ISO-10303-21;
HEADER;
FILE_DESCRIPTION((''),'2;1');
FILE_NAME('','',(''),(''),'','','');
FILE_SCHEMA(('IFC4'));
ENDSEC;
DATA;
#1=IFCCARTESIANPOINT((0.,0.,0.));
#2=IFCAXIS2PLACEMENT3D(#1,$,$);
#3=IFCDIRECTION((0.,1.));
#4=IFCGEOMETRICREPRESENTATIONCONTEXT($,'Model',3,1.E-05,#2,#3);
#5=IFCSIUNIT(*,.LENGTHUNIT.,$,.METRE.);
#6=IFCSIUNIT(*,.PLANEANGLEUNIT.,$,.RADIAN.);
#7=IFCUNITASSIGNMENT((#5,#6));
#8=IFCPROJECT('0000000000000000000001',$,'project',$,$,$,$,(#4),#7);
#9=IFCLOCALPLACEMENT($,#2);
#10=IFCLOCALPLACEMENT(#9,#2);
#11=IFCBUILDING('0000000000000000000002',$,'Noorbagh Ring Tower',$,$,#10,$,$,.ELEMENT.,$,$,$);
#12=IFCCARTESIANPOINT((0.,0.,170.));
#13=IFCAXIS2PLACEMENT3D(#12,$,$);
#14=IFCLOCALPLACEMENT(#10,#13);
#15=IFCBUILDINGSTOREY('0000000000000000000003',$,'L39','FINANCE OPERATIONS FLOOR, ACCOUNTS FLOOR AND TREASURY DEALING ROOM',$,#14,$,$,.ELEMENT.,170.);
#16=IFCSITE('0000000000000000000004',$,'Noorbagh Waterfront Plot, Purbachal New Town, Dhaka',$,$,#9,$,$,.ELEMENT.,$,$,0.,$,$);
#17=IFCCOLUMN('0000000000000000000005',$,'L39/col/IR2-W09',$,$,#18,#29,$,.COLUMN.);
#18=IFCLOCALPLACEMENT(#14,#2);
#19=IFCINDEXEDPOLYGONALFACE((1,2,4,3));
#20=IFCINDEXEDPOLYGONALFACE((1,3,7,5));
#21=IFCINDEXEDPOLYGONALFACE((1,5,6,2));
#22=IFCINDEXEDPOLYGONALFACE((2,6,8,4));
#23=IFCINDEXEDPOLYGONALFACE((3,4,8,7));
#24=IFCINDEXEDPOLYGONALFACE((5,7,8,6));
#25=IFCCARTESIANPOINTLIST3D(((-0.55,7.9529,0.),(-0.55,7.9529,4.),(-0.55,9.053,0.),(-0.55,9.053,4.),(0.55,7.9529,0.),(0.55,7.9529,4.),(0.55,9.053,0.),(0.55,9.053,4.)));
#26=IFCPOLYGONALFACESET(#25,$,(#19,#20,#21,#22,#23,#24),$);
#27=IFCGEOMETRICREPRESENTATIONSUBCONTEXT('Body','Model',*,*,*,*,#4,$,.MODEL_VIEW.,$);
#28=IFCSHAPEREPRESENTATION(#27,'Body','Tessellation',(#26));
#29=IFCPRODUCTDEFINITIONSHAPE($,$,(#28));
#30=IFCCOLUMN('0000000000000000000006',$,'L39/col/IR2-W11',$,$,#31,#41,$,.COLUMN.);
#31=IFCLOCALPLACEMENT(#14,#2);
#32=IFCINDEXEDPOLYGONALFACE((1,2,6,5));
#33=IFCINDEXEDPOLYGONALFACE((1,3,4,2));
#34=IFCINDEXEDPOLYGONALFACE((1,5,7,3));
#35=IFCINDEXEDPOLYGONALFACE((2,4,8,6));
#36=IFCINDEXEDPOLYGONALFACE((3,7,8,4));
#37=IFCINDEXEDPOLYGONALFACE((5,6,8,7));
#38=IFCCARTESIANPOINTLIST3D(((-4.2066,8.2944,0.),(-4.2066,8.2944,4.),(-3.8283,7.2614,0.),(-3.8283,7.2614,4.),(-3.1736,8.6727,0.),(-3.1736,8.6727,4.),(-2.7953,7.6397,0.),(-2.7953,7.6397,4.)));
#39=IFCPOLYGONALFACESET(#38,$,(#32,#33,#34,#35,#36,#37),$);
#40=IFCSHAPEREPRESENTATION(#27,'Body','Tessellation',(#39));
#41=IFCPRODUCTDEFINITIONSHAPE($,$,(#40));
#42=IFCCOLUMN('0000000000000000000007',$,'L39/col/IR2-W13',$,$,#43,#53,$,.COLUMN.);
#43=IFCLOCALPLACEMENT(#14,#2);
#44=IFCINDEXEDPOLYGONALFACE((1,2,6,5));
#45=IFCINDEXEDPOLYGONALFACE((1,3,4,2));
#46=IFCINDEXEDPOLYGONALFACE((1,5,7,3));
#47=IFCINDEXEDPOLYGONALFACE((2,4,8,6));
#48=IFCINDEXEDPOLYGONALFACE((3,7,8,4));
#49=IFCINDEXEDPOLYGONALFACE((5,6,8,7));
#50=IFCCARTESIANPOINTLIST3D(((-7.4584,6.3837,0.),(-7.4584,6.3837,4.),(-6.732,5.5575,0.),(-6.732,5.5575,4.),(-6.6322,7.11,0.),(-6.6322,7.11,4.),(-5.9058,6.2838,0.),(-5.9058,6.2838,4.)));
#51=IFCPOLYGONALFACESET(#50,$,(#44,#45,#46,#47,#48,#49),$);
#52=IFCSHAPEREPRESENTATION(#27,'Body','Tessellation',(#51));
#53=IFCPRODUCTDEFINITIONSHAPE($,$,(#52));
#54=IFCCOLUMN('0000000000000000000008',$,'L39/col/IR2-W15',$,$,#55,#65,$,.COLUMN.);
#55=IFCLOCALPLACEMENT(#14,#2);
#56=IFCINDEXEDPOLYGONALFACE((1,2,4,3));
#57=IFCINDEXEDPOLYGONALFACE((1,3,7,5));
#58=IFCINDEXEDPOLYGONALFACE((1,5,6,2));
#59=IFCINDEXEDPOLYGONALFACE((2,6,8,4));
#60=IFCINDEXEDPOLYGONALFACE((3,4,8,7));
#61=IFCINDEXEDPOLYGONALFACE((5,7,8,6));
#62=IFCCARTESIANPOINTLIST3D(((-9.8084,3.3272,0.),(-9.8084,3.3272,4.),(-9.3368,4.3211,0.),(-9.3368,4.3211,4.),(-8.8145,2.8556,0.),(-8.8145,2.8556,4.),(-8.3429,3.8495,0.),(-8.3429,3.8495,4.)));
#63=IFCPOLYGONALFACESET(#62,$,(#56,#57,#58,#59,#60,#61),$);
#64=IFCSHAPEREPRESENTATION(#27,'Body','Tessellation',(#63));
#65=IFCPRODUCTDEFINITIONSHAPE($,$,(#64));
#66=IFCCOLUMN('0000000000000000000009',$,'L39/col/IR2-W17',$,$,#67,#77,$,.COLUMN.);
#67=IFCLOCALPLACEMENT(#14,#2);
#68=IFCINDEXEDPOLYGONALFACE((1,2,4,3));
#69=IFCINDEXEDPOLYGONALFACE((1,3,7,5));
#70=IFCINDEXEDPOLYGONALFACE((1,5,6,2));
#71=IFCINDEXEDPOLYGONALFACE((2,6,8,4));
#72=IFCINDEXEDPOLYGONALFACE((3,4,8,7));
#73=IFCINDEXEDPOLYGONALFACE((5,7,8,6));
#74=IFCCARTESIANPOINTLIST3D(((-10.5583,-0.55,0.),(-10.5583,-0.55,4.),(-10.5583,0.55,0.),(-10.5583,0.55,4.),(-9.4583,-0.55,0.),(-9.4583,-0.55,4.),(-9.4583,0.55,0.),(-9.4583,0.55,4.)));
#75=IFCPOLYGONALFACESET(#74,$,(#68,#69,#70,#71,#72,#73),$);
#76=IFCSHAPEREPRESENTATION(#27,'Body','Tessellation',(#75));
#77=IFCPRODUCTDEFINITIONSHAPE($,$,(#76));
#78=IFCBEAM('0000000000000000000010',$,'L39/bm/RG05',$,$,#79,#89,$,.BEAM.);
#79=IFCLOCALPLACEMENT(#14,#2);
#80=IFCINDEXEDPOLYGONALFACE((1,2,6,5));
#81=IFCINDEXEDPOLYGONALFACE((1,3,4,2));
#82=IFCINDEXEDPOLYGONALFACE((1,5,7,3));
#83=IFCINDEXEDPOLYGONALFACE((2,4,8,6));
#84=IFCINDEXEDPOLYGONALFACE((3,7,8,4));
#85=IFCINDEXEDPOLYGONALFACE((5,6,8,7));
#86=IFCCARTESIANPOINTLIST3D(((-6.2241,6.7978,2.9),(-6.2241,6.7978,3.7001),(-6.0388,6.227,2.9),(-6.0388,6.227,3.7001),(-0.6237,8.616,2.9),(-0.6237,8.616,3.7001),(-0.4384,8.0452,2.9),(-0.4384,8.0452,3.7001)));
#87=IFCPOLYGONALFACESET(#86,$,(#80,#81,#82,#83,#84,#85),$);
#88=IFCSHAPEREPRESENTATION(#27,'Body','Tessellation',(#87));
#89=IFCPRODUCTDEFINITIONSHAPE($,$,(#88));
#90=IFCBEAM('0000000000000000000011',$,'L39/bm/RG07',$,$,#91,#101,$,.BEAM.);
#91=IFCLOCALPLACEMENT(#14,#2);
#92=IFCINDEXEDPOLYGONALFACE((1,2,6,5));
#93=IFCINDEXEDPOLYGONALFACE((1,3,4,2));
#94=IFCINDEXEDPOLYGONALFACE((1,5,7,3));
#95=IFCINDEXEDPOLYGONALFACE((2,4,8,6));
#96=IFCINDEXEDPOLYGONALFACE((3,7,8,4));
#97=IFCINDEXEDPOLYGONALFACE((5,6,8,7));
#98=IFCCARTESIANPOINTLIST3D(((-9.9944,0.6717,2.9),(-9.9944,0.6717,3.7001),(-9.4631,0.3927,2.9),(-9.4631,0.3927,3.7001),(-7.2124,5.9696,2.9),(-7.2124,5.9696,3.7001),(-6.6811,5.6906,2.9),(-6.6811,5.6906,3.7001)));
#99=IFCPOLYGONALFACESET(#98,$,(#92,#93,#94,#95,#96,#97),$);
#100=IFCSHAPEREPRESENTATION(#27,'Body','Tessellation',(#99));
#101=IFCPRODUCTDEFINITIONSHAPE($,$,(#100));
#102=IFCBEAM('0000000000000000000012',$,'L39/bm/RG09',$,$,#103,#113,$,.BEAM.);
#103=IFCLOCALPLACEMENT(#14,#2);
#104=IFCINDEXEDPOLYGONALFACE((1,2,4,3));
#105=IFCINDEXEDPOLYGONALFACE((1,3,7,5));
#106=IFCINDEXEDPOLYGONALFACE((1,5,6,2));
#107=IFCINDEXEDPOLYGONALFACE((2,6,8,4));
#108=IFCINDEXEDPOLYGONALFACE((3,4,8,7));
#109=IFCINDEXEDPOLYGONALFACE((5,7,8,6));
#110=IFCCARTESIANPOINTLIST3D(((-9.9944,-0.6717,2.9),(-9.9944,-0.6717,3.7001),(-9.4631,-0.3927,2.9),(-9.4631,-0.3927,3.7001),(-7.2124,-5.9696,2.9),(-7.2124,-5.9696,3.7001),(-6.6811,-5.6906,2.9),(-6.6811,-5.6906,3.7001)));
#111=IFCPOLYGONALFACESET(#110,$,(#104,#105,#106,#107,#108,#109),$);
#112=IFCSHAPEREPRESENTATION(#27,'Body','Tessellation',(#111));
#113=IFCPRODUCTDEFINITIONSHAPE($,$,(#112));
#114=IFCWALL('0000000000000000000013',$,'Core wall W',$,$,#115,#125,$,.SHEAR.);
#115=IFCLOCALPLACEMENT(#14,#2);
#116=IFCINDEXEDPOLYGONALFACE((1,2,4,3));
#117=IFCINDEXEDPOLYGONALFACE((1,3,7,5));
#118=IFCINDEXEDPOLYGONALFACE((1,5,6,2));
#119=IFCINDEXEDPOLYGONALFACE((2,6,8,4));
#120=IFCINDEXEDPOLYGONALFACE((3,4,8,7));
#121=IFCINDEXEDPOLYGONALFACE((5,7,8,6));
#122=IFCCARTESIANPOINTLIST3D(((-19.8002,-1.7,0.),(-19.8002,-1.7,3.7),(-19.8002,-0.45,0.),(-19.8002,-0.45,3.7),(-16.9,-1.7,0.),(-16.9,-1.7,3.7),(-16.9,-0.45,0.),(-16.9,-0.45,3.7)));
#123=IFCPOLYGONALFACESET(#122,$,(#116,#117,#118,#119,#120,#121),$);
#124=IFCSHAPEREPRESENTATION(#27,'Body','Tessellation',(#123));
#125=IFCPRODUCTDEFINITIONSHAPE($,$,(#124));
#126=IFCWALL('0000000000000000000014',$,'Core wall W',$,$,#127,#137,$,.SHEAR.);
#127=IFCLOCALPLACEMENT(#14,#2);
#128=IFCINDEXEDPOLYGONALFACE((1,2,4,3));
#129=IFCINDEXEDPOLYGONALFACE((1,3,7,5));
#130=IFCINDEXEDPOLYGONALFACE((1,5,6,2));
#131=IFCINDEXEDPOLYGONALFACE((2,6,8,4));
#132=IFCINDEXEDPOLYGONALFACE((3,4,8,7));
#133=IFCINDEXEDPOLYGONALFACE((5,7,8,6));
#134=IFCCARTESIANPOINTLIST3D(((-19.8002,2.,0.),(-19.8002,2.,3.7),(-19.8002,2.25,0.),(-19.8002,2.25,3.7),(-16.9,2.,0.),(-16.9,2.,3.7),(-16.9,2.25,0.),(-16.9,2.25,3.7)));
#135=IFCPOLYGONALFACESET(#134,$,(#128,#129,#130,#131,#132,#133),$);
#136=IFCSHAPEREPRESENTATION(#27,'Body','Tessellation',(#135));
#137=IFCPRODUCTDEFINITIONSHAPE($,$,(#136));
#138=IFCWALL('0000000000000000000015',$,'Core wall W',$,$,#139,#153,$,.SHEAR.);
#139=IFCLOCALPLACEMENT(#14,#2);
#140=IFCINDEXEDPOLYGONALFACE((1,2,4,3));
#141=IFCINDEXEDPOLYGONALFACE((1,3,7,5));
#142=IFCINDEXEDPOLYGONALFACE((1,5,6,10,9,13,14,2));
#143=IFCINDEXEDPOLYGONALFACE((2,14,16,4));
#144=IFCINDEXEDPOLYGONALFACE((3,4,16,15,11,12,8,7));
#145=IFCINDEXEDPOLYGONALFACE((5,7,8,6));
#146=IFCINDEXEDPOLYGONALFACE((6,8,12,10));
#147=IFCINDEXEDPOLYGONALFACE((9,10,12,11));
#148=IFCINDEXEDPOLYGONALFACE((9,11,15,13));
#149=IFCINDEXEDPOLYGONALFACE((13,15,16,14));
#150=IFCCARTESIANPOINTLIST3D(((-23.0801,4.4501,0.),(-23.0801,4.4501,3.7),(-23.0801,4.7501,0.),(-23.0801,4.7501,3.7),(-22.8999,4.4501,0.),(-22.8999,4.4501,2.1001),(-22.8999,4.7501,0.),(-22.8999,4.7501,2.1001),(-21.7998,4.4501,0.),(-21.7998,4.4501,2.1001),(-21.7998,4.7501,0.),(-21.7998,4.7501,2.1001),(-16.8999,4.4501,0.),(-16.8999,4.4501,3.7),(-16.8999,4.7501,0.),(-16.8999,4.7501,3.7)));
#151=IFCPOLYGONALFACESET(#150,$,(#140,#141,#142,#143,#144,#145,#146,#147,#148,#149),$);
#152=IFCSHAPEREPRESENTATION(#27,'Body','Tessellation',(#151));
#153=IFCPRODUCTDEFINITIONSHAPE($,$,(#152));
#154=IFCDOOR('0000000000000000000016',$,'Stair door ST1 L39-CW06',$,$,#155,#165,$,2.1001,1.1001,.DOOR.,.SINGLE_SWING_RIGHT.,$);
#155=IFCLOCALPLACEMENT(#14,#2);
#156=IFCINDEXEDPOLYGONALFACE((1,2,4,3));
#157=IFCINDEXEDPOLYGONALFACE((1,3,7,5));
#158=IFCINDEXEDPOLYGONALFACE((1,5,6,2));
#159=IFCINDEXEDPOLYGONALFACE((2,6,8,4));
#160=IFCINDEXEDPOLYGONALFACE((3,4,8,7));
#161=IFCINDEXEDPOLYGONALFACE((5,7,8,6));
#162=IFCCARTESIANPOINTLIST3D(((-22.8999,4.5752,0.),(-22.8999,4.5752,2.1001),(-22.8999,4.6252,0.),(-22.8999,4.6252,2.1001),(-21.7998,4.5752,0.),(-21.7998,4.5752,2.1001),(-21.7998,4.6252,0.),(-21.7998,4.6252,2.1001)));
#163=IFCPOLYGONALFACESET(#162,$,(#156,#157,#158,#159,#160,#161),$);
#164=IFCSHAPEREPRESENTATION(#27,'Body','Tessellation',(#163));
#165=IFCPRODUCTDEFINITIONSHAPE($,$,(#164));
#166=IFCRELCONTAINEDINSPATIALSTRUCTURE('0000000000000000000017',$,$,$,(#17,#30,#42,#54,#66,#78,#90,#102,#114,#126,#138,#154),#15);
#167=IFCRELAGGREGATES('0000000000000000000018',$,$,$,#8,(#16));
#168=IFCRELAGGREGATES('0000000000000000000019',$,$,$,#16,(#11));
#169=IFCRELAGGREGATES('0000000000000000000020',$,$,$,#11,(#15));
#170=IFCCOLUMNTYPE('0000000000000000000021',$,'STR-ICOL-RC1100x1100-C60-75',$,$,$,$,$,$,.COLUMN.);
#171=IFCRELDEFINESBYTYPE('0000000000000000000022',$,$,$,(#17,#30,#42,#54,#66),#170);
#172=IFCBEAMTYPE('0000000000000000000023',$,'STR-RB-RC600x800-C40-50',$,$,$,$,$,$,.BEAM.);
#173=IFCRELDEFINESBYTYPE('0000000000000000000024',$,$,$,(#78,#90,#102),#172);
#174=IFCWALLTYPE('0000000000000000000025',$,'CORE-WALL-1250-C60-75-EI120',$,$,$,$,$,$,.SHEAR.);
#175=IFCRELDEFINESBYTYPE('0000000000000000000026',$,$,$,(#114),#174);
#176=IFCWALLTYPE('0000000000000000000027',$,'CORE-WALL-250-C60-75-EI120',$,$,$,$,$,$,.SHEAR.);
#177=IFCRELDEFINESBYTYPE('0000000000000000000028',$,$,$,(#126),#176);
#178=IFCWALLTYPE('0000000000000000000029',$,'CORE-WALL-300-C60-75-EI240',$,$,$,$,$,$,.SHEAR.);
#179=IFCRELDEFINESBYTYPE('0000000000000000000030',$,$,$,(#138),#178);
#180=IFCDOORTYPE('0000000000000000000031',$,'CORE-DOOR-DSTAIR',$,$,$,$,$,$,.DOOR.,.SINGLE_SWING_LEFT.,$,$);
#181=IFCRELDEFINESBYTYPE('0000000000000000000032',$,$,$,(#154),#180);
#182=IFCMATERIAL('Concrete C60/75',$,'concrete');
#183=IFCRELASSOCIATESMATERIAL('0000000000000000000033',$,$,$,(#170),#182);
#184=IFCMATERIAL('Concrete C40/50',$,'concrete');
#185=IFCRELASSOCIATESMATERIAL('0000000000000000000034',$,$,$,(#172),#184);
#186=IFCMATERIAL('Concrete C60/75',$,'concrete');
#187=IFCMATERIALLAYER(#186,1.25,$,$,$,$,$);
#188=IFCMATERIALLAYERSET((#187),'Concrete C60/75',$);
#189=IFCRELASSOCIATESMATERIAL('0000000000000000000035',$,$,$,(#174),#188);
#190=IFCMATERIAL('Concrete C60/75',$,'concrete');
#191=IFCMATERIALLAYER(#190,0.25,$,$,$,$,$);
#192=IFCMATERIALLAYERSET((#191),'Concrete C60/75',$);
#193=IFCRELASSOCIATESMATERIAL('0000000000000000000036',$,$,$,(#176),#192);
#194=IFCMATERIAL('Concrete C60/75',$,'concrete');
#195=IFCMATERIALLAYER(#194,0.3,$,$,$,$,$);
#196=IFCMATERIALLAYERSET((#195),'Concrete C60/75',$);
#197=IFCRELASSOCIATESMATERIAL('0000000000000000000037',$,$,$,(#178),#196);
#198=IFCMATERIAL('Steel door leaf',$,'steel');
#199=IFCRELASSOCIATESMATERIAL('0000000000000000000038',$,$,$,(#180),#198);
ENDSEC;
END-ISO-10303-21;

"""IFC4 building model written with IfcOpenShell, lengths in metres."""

from ifc_helpers import new_model, si_unit, direction, frame, frame_2d, origin, origin_2d, place, context, subcontext, project, spatial, rectangle, extrude, material, layer, layer_set, material_profile, profile_set, type_object, element, fill, save


model = new_model("IFC4")

# Units and contexts
model_context = context("Model", 3, precision=1e-05, world=origin(), true_north=direction((0.0, 1.0)))
body_context = subcontext(model_context, "Body", "Model", "MODEL_VIEW")
ifc_project = project(units=[si_unit("LENGTHUNIT", "METRE"), si_unit("PLANEANGLEUNIT", "RADIAN")], contexts=[model_context])

# Site, building, storey
site_placement = place(None, origin())
site = spatial("IfcSite", under=ifc_project, at=site_placement, Name="Noorbagh Waterfront Plot, Purbachal New Town, Dhaka", CompositionType="ELEMENT", RefElevation=0.0)
building_placement = place(site_placement, origin())
building = spatial("IfcBuilding", under=site, at=building_placement, Name="Noorbagh Ring Tower", CompositionType="ELEMENT")
storey_placement = place(building_placement, frame((0.0, 0.0, 170.0)))
storey = spatial("IfcBuildingStorey", under=building, at=storey_placement, Name="L39", Description="FINANCE OPERATIONS FLOOR, ACCOUNTS FLOOR AND TREASURY DEALING ROOM", CompositionType="ELEMENT", Elevation=170.0)

# Columns
ifc_material_1 = material(Name="Concrete C60/75", Category="concrete")
ifc_material_profile_1 = material_profile(ifc_material_1, rectangle(XDim=1.1001, YDim=1.1001, at=origin_2d()), Name="RC1100x1100")
ifc_profile_set_1 = profile_set([ifc_material_profile_1], Name="Concrete C60/75")
column_type = type_object("IfcColumnType", Name="STR-ICOL-RC1100x1100-C60-75", PredefinedType="COLUMN", material=ifc_profile_set_1)
for number, where, z_axis, x_axis, name in (
    (1, (0.0, 8.5029, 0.0), (0.0, 0.0, 1.0), (-1.0, 0.0, 0.0), "L39/col/IR2-W09"),
    (2, (-3.501, 7.967, 0.0), (0.0, 0.0, 1.0), (-0.93902, -0.343864, 0.0), "L39/col/IR2-W11"),
    (3, (-6.6821, 6.3337, 0.0), (0.0, 0.0, 1.0), (-0.751022, -0.660277, 0.0), "L39/col/IR2-W13"),
    (4, (-9.0757, 3.5884, 0.0), (0.0, 0.0, 1.0), (-0.428667, -0.903463, 0.0), "L39/col/IR2-W15"),
    (5, (-10.0083, 0.0, 0.0), (0.0, 0.0, 1.0), (0.0, -1.0, 0.0), "L39/col/IR2-W17"),
):
    element("IfcColumn", number, at=place(storey_placement, frame(where, z_axis=z_axis, x_axis=x_axis)), inside=storey, type_object=column_type, Name=name, PredefinedType="COLUMN", context=body_context, shape_type="SweptSolid", body=[
        extrude(rectangle(XDim=1.1001, YDim=1.1001, at=origin_2d()), origin(), (0.0, 0.0, 1.0), 4.0),
    ])

# Beams
ifc_material_2 = material(Name="Concrete C40/50", Category="concrete")
ifc_material_profile_2 = material_profile(ifc_material_2, rectangle(XDim=0.6001, YDim=0.8, at=origin_2d()), Name="RC600x800")
ifc_profile_set_2 = profile_set([ifc_material_profile_2], Name="Concrete C40/50")
beam_type = type_object("IfcBeamType", Name="STR-RB-RC600x800-C40-50", PredefinedType="BEAM", material=ifc_profile_set_2)
beam_placement = place(storey_placement, frame((-0.531, 8.3306, 3.3), z_axis=(-0.951134, -0.308779, 0.0), x_axis=(0.308779, -0.951134, 0.0)))
element("IfcBeam", 6, at=beam_placement, inside=storey, type_object=beam_type, Name="L39/bm/RG05", PredefinedType="BEAM", context=body_context, shape_type="SweptSolid", body=[
    extrude(rectangle(XDim=0.6001, YDim=0.8, at=origin_2d()), origin(), (0.0, 0.0, 1.0), 5.8882),
])
for number, where, z_axis, x_axis, name in (
    (7, (-6.9468, 5.8301, 3.3), (-0.464914, -0.885356, 0.0), (0.885356, -0.464914, 0.0), "L39/bm/RG07"),
    (8, (-9.7288, -0.5322, 3.3), (0.464914, -0.885356, 0.0), (0.885356, 0.464914, 0.0), "L39/bm/RG09"),
):
    element("IfcBeam", number, at=place(storey_placement, frame(where, z_axis=z_axis, x_axis=x_axis)), inside=storey, type_object=beam_type, Name=name, PredefinedType="BEAM", context=body_context, shape_type="SweptSolid", body=[
        extrude(rectangle(XDim=0.6001, YDim=0.8, at=origin_2d()), origin(), (0.0, 0.0, 1.0), 5.9839),
    ])

# Walls
ifc_material_3 = material(Name="Concrete C60/75", Category="concrete")
ifc_layer_1 = layer(ifc_material_3, 1.25)
ifc_layer_set_1 = layer_set([ifc_layer_1], Name="Concrete C60/75")
wall_type_1 = type_object("IfcWallType", Name="CORE-WALL-1250-C60-75-EI120", PredefinedType="SHEAR", material=ifc_layer_set_1)
wall_1_placement = place(storey_placement, frame((-16.8999, -1.075, 0.0), z_axis=(0.0, 0.0, 1.0), x_axis=(-1.0, 0.0, 0.0)))
element("IfcWall", 9, at=wall_1_placement, inside=storey, type_object=wall_type_1, Name="Core wall W", PredefinedType="SHEAR", context=body_context, shape_type="SweptSolid", body=[
    extrude(rectangle(XDim=2.9001, YDim=1.25, at=frame_2d((1.4502, 0.0))), origin(), (0.0, 0.0, 1.0), 3.7),
])
ifc_material_4 = material(Name="Concrete C60/75", Category="concrete")
ifc_layer_2 = layer(ifc_material_4, 0.25)
ifc_layer_set_2 = layer_set([ifc_layer_2], Name="Concrete C60/75")
wall_type_2 = type_object("IfcWallType", Name="CORE-WALL-250-C60-75-EI120", PredefinedType="SHEAR", material=ifc_layer_set_2)
wall_2_placement = place(storey_placement, frame((-16.8999, 2.125, 0.0), z_axis=(0.0, 0.0, 1.0), x_axis=(-1.0, 0.0, 0.0)))
element("IfcWall", 10, at=wall_2_placement, inside=storey, type_object=wall_type_2, Name="Core wall W", PredefinedType="SHEAR", context=body_context, shape_type="SweptSolid", body=[
    extrude(rectangle(XDim=2.9001, YDim=0.25, at=frame_2d((1.4502, 0.0))), origin(), (0.0, 0.0, 1.0), 3.7),
])

# Wall, opening, door
ifc_material_5 = material(Name="Concrete C60/75", Category="concrete")
ifc_layer_3 = layer(ifc_material_5, 0.3)
ifc_layer_set_3 = layer_set([ifc_layer_3], Name="Concrete C60/75")
wall_type_3 = type_object("IfcWallType", Name="CORE-WALL-300-C60-75-EI240", PredefinedType="SHEAR", material=ifc_layer_set_3)
wall_3_placement = place(storey_placement, frame((-16.8999, 4.6001, 0.0), z_axis=(0.0, 0.0, 1.0), x_axis=(-1.0, 0.0, 0.0)))
wall_3 = element("IfcWall", 11, at=wall_3_placement, inside=storey, type_object=wall_type_3, Name="Core wall W", PredefinedType="SHEAR", context=body_context, shape_type="SweptSolid", body=[
    extrude(rectangle(XDim=6.1802, YDim=0.3, at=frame_2d((3.0901, 0.0))), origin(), (0.0, 0.0, 1.0), 3.7),
])
opening_1_placement = place(wall_3_placement, frame((4.8999, 0.0, 0.0)))
opening_1 = element("IfcOpeningElement", 12, at=opening_1_placement, cuts=wall_3, PredefinedType="OPENING", context=body_context, shape_type="SweptSolid", body=[
    extrude(rectangle(XDim=1.1001, YDim=2.1001, at=frame_2d((0.55, 1.05))), frame((0.0, 0.1602, 0.0), z_axis=(0.0, -1.0, 0.0), x_axis=(1.0, 0.0, 0.0)), (0.0, 0.0, 1.0), 0.3201),
])
ifc_material_6 = material(Name="Steel door leaf", Category="steel")
door_type_1 = type_object("IfcDoorType", Name="CORE-DOOR-DSTAIR", OperationType="SINGLE_SWING_LEFT", PredefinedType="DOOR", material=ifc_material_6)
door_1_placement = place(opening_1_placement, origin())
door_1 = element("IfcDoor", 13, at=door_1_placement, inside=storey, type_object=door_type_1, Name="Stair door ST1 L39-CW06", OperationType="SINGLE_SWING_RIGHT", OverallHeight=2.1001, OverallWidth=1.1001, PredefinedType="DOOR", context=body_context, shape_type="SweptSolid", body=[
    extrude(rectangle(XDim=1.1001, YDim=2.1001, at=frame_2d((0.55, 1.05))), frame((0.0, 0.0249, 0.0), z_axis=(0.0, -1.0, 0.0), x_axis=(1.0, 0.0, 0.0)), (0.0, 0.0, 1.0), 0.05),
])
fill(opening_1, door_1)

save(model, "model.ifc")
